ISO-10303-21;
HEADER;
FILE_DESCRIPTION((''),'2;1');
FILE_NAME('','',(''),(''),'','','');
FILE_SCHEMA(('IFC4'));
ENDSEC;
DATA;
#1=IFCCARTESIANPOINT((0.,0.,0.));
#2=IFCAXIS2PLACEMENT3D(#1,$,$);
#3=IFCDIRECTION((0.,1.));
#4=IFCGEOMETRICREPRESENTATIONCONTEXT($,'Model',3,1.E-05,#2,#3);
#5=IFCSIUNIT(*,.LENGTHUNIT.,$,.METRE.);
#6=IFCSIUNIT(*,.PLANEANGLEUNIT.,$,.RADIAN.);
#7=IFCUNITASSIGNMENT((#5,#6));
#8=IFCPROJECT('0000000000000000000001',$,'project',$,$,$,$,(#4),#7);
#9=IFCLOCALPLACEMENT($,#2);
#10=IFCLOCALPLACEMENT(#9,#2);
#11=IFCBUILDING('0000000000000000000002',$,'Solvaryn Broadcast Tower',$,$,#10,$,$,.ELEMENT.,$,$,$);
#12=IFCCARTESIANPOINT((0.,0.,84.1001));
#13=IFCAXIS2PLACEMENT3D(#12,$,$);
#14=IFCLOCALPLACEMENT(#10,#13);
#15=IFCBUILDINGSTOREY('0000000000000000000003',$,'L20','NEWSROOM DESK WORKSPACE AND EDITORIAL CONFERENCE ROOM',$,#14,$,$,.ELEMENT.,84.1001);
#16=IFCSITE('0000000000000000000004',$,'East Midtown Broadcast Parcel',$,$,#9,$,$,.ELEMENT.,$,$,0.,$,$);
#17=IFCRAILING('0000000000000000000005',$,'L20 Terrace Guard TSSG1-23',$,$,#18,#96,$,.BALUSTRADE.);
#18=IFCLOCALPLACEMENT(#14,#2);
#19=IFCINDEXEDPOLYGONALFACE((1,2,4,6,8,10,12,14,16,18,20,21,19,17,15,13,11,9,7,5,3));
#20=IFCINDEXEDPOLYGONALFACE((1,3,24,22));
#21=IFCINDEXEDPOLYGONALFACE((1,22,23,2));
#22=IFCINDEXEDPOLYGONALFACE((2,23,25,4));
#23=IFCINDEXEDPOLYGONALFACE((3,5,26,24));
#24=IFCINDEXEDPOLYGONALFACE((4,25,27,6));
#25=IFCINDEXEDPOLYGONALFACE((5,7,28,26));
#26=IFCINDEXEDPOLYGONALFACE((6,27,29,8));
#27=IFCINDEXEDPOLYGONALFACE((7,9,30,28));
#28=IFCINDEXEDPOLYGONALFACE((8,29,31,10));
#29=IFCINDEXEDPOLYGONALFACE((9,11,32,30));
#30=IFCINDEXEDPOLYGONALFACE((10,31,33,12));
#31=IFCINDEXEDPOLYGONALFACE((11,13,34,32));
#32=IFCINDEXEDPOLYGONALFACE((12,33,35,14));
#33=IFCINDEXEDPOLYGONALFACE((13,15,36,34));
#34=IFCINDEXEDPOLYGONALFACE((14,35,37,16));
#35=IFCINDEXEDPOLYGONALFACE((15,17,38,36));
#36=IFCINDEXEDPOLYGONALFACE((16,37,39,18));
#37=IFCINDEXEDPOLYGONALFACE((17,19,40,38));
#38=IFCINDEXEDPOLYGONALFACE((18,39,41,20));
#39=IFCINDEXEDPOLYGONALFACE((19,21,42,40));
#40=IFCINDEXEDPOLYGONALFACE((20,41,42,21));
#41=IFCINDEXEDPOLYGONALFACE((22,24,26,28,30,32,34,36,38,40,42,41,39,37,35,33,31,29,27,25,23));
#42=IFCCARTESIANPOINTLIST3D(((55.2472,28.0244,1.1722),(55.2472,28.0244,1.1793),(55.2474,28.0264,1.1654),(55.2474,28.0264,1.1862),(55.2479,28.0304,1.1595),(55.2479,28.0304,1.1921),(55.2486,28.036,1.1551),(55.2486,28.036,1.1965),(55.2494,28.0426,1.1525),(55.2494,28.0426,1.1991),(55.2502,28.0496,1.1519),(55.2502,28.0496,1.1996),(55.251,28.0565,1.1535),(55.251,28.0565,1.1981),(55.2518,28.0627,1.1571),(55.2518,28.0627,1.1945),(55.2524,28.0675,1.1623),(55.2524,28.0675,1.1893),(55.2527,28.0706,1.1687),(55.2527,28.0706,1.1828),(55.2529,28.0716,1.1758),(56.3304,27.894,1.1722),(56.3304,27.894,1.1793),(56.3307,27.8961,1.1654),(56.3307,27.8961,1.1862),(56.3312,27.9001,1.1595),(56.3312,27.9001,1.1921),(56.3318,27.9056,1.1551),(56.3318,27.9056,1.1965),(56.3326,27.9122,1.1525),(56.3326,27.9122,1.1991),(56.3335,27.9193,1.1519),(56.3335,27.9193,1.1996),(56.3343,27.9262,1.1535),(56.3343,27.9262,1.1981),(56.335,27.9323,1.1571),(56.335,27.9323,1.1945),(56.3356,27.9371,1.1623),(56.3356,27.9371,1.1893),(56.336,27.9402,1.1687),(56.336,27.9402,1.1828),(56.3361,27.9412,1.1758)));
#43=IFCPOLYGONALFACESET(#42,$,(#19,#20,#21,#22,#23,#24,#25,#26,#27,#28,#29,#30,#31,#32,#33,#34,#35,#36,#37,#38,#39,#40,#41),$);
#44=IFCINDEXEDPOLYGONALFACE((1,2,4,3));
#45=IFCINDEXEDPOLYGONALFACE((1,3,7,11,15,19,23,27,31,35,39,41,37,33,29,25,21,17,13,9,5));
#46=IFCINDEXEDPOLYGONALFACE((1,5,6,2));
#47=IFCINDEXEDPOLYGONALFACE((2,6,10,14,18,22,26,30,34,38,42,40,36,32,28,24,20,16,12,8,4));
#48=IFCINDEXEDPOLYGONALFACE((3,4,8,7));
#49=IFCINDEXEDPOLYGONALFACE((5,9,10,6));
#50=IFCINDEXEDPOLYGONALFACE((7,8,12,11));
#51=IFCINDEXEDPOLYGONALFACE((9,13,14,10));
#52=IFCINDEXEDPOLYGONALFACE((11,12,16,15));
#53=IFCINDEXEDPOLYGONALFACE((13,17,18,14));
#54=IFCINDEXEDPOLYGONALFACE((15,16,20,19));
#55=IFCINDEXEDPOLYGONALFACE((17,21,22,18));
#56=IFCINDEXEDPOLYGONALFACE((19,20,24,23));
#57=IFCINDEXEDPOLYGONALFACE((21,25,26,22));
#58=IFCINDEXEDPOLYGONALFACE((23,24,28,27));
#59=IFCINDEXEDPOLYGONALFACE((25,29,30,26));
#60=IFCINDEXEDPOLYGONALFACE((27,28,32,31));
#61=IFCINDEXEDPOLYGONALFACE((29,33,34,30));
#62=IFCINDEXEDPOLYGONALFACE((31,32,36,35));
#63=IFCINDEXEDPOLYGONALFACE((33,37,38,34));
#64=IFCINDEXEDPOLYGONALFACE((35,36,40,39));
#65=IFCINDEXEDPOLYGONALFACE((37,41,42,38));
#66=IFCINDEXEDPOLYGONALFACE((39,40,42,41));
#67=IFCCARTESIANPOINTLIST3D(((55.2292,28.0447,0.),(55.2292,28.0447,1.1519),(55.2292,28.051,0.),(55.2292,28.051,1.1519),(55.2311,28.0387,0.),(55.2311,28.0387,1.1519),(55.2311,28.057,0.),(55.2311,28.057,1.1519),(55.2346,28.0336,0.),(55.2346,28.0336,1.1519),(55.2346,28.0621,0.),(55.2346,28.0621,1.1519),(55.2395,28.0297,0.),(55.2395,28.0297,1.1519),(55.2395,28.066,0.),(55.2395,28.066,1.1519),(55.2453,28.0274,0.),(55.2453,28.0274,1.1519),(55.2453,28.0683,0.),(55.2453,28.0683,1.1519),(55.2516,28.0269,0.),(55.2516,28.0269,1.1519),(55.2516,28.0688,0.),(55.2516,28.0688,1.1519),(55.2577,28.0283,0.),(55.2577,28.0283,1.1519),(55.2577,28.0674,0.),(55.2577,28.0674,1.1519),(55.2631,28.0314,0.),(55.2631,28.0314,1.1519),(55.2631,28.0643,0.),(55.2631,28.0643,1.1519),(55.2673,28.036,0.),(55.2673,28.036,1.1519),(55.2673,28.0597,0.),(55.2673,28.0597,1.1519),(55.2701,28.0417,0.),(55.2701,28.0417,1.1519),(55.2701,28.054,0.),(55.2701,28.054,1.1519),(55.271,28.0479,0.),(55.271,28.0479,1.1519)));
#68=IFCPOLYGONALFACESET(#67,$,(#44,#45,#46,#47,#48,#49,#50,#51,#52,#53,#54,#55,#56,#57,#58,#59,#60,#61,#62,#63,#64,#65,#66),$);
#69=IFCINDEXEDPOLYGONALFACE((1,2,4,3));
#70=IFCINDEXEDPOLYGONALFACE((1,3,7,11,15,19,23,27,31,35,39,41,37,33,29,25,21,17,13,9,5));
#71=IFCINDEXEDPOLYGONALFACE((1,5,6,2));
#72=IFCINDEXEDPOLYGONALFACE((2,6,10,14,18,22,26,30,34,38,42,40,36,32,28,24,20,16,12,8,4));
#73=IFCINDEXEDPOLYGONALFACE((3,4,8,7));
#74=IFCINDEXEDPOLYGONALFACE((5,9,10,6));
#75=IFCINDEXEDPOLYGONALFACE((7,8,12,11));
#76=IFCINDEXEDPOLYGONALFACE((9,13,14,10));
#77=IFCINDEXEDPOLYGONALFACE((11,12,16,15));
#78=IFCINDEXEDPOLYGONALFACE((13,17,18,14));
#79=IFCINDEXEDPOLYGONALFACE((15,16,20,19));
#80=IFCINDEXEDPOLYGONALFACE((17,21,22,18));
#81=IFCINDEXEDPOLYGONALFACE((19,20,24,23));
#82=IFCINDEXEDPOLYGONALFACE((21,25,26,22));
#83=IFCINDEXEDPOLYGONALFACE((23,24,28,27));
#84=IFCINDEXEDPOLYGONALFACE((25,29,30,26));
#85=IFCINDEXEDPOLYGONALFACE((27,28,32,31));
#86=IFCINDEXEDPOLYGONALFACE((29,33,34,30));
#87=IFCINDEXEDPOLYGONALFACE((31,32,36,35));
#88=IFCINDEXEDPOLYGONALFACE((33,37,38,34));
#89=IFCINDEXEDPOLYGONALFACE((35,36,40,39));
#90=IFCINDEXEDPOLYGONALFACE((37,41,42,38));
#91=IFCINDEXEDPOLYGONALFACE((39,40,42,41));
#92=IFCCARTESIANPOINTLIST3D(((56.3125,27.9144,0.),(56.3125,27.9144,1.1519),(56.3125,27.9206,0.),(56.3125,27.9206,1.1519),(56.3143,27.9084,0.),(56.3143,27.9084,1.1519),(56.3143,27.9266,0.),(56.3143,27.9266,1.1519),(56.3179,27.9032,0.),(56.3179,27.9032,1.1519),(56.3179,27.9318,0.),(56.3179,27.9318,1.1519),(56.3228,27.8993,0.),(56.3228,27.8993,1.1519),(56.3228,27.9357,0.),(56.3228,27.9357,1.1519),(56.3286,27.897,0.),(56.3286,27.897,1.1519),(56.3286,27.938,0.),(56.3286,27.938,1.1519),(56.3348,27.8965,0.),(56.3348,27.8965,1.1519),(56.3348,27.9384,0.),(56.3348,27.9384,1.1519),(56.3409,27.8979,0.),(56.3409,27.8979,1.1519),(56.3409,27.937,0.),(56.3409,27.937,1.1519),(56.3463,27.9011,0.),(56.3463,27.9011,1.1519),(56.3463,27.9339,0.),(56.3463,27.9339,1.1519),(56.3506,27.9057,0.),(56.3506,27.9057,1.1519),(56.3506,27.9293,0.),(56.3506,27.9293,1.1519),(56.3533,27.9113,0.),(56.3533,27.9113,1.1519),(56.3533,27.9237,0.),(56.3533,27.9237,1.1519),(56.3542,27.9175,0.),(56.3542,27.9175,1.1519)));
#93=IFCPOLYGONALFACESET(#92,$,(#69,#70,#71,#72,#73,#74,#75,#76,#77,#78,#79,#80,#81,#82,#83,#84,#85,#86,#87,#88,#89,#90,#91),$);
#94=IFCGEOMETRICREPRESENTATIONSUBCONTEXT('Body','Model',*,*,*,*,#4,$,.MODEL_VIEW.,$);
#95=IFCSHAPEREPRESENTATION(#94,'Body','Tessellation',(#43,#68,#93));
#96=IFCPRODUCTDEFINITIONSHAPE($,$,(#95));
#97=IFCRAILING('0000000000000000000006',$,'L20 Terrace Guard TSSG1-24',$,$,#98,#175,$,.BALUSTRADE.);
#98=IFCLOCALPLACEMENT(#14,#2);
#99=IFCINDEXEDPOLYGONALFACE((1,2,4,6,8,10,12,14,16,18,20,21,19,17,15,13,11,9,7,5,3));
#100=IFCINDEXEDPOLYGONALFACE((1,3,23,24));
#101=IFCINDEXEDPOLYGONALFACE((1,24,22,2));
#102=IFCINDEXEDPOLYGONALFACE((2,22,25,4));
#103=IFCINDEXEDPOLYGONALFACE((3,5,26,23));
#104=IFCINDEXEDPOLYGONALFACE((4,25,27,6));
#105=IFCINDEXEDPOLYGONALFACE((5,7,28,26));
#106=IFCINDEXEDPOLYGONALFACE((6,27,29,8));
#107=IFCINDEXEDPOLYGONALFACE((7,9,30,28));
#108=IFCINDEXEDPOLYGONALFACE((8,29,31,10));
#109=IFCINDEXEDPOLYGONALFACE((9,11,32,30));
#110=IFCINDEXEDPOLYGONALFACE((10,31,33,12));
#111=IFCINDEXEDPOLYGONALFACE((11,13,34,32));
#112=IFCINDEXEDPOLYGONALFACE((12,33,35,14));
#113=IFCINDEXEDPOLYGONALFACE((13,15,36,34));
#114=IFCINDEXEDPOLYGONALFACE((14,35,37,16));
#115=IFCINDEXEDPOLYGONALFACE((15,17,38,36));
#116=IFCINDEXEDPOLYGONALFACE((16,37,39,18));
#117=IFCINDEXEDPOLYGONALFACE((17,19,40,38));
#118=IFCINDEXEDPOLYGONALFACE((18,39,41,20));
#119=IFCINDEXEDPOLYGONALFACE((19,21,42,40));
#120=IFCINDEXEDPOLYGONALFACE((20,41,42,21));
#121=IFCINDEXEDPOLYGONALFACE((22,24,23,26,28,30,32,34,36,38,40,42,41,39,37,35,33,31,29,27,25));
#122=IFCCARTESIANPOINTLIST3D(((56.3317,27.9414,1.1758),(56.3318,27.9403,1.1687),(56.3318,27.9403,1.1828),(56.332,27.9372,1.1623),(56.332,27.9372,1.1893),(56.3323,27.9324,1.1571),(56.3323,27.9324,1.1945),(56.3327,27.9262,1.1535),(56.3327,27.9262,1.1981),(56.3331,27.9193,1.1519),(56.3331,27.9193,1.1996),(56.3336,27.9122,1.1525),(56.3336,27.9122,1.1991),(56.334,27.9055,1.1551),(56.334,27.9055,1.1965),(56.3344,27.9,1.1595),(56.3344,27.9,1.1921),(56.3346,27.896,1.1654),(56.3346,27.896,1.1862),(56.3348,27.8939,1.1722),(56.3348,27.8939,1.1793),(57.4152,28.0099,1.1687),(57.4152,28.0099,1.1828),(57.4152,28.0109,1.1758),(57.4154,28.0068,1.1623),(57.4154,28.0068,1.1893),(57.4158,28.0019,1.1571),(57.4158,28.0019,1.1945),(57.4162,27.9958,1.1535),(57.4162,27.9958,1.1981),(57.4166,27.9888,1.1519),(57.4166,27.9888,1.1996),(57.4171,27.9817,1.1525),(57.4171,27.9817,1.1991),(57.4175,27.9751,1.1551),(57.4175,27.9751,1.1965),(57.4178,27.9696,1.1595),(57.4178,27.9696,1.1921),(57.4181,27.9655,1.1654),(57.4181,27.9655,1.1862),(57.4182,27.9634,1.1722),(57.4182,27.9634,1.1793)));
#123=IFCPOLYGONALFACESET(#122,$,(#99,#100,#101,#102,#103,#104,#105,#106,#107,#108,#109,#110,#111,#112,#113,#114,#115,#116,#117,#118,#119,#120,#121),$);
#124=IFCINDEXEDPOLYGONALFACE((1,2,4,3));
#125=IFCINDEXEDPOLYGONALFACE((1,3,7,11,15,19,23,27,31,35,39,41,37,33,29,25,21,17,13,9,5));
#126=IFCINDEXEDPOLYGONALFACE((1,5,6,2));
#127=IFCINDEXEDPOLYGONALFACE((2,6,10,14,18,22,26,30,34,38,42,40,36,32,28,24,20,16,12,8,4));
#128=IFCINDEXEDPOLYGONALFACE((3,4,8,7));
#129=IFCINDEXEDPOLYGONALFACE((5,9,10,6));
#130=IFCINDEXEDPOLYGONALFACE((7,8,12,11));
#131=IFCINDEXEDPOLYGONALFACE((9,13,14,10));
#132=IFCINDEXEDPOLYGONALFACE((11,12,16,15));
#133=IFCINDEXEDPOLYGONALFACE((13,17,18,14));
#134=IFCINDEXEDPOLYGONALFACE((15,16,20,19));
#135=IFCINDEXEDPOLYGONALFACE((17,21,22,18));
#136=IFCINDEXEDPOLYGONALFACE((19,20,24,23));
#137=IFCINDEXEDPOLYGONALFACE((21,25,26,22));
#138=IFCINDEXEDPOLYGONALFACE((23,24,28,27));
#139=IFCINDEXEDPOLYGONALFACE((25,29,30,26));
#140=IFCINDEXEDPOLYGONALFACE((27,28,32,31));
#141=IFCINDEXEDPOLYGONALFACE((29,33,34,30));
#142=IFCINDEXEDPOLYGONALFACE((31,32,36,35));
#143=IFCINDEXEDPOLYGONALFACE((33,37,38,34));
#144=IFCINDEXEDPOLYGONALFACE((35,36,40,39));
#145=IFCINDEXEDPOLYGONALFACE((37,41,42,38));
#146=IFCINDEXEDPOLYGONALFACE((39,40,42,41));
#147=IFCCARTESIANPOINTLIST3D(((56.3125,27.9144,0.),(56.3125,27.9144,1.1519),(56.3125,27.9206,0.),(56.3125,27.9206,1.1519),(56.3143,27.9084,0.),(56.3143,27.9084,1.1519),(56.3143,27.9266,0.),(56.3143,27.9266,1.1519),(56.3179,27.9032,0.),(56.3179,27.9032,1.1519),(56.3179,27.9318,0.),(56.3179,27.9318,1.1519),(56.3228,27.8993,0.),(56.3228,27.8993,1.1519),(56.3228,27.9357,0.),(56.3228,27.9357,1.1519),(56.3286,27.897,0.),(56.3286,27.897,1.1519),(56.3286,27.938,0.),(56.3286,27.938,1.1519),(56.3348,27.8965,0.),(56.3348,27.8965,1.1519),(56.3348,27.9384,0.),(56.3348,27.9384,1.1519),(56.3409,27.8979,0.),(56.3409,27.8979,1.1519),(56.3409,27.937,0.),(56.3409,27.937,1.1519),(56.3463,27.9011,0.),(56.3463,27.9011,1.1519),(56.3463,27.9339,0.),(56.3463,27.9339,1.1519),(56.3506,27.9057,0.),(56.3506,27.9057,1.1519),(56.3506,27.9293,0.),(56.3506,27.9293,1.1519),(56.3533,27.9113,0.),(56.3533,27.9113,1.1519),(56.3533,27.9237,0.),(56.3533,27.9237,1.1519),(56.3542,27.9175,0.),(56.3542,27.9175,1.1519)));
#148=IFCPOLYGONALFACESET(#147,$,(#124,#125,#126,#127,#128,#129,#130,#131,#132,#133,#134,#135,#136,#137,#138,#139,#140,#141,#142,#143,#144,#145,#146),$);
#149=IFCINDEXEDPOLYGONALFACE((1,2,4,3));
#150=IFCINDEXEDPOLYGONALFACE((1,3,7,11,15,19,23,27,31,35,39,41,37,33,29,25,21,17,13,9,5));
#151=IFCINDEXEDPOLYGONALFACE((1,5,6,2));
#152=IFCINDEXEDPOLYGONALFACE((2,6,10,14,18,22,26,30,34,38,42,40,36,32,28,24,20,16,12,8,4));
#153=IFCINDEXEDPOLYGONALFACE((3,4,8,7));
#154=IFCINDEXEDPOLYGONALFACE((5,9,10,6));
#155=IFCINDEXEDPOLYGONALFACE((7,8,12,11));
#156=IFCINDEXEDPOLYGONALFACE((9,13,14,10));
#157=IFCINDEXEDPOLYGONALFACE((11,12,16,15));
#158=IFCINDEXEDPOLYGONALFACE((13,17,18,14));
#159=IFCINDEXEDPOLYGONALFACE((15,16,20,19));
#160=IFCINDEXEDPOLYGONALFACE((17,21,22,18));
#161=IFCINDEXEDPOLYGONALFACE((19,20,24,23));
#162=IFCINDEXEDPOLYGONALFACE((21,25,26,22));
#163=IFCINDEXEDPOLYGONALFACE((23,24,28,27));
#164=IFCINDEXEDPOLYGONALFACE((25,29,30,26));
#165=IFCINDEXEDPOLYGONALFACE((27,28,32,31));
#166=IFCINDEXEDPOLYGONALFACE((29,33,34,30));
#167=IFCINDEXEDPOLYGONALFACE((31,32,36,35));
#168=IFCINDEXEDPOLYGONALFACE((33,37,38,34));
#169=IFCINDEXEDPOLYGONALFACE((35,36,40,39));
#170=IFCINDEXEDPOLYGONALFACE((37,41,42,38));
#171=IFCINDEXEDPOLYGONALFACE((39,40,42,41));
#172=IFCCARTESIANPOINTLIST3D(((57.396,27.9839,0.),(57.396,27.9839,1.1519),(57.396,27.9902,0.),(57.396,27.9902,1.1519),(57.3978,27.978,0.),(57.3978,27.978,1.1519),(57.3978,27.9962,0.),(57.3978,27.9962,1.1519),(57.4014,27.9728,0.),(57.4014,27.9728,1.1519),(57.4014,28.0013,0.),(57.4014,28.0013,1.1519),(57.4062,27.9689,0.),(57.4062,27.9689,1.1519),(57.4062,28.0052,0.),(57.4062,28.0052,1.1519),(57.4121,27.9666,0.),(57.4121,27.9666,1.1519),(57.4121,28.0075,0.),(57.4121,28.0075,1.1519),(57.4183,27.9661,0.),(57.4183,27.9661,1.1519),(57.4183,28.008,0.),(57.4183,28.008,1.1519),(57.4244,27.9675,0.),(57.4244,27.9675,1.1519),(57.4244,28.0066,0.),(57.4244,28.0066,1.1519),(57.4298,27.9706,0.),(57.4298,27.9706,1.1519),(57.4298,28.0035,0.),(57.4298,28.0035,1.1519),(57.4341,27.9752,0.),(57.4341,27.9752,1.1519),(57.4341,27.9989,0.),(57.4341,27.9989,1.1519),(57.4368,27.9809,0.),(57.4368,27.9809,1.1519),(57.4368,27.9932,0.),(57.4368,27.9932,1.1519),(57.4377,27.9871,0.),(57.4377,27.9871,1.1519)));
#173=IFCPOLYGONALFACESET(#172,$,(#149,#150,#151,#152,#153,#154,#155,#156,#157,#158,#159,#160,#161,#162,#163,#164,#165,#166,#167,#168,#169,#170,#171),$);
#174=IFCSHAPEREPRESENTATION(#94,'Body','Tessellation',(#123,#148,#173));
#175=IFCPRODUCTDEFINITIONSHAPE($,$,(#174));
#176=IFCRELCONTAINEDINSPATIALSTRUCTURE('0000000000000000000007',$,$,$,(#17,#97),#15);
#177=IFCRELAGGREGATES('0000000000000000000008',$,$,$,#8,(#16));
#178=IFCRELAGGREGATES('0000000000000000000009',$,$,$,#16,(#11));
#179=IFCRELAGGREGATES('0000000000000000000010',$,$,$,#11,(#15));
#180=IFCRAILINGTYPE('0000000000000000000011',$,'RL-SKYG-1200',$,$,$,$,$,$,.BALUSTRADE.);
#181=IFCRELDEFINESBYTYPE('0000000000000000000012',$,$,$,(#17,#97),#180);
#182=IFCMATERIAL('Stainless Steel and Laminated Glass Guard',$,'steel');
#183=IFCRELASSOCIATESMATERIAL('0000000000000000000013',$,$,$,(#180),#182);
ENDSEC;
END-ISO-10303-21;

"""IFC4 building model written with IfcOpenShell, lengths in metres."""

from ifc_helpers import new_model, si_unit, direction, frame, origin, origin_2d, place, context, subcontext, project, spatial, circle, extrude, material, type_object, element, save


model = new_model("IFC4")

# Units and contexts
model_context = context("Model", 3, precision=1e-05, world=origin(), true_north=direction((0.0, 1.0)))
body_context = subcontext(model_context, "Body", "Model", "MODEL_VIEW")
ifc_project = project(units=[si_unit("LENGTHUNIT", "METRE"), si_unit("PLANEANGLEUNIT", "RADIAN")], contexts=[model_context])

# Site, building, storey
site_placement = place(None, origin())
site = spatial("IfcSite", under=ifc_project, at=site_placement, Name="East Midtown Broadcast Parcel", CompositionType="ELEMENT", RefElevation=0.0)
building_placement = place(site_placement, origin())
building = spatial("IfcBuilding", under=site, at=building_placement, Name="Solvaryn Broadcast Tower", CompositionType="ELEMENT")
storey_placement = place(building_placement, frame((0.0, 0.0, 84.1001)))
storey = spatial("IfcBuildingStorey", under=building, at=storey_placement, Name="L20", Description="NEWSROOM DESK WORKSPACE AND EDITORIAL CONFERENCE ROOM", CompositionType="ELEMENT", Elevation=84.1001)

# Railings
ifc_material_1 = material(Name="Stainless Steel and Laminated Glass Guard", Category="steel")
railing_type = type_object("IfcRailingType", Name="RL-SKYG-1200", PredefinedType="BALUSTRADE", material=ifc_material_1)
railing_1_placement = place(storey_placement, frame((55.25, 28.0479, 0.0)))
element("IfcRailing", 1, at=railing_1_placement, inside=storey, type_object=railing_type, Name="L20 Terrace Guard TSSG1-23", PredefinedType="BALUSTRADE", context=body_context, shape_type="SweptSolid", body=[
    extrude(circle(Radius=0.0239, at=origin_2d()), frame((0.0, 0.0, 1.1758), z_axis=(0.992835, -0.119489, 0.0), x_axis=(0.119489, 0.992835, 0.0)), (0.0, 0.0, 1.0), 1.0911),
    extrude(circle(Radius=0.021, at=origin_2d()), origin(), (0.0, 0.0, 1.0), 1.1519),
    extrude(circle(Radius=0.021, at=origin_2d()), frame((1.0833, -0.1304, 0.0)), (0.0, 0.0, 1.0), 1.1519),
])
railing_2_placement = place(storey_placement, frame((56.3333, 27.9175, 0.0)))
element("IfcRailing", 2, at=railing_2_placement, inside=storey, type_object=railing_type, Name="L20 Terrace Guard TSSG1-24", PredefinedType="BALUSTRADE", context=body_context, shape_type="SweptSolid", body=[
    extrude(circle(Radius=0.0239, at=origin_2d()), frame((0.0, 0.0, 1.1758), z_axis=(0.997944, 0.064086, 0.0), x_axis=(-0.064086, 0.997944, 0.0)), (0.0, 0.0, 1.0), 1.0857),
    extrude(circle(Radius=0.021, at=origin_2d()), origin(), (0.0, 0.0, 1.0), 1.1519),
    extrude(circle(Radius=0.021, at=origin_2d()), frame((1.0835, 0.0696, 0.0)), (0.0, 0.0, 1.0), 1.1519),
])

save(model, "model.ifc")
